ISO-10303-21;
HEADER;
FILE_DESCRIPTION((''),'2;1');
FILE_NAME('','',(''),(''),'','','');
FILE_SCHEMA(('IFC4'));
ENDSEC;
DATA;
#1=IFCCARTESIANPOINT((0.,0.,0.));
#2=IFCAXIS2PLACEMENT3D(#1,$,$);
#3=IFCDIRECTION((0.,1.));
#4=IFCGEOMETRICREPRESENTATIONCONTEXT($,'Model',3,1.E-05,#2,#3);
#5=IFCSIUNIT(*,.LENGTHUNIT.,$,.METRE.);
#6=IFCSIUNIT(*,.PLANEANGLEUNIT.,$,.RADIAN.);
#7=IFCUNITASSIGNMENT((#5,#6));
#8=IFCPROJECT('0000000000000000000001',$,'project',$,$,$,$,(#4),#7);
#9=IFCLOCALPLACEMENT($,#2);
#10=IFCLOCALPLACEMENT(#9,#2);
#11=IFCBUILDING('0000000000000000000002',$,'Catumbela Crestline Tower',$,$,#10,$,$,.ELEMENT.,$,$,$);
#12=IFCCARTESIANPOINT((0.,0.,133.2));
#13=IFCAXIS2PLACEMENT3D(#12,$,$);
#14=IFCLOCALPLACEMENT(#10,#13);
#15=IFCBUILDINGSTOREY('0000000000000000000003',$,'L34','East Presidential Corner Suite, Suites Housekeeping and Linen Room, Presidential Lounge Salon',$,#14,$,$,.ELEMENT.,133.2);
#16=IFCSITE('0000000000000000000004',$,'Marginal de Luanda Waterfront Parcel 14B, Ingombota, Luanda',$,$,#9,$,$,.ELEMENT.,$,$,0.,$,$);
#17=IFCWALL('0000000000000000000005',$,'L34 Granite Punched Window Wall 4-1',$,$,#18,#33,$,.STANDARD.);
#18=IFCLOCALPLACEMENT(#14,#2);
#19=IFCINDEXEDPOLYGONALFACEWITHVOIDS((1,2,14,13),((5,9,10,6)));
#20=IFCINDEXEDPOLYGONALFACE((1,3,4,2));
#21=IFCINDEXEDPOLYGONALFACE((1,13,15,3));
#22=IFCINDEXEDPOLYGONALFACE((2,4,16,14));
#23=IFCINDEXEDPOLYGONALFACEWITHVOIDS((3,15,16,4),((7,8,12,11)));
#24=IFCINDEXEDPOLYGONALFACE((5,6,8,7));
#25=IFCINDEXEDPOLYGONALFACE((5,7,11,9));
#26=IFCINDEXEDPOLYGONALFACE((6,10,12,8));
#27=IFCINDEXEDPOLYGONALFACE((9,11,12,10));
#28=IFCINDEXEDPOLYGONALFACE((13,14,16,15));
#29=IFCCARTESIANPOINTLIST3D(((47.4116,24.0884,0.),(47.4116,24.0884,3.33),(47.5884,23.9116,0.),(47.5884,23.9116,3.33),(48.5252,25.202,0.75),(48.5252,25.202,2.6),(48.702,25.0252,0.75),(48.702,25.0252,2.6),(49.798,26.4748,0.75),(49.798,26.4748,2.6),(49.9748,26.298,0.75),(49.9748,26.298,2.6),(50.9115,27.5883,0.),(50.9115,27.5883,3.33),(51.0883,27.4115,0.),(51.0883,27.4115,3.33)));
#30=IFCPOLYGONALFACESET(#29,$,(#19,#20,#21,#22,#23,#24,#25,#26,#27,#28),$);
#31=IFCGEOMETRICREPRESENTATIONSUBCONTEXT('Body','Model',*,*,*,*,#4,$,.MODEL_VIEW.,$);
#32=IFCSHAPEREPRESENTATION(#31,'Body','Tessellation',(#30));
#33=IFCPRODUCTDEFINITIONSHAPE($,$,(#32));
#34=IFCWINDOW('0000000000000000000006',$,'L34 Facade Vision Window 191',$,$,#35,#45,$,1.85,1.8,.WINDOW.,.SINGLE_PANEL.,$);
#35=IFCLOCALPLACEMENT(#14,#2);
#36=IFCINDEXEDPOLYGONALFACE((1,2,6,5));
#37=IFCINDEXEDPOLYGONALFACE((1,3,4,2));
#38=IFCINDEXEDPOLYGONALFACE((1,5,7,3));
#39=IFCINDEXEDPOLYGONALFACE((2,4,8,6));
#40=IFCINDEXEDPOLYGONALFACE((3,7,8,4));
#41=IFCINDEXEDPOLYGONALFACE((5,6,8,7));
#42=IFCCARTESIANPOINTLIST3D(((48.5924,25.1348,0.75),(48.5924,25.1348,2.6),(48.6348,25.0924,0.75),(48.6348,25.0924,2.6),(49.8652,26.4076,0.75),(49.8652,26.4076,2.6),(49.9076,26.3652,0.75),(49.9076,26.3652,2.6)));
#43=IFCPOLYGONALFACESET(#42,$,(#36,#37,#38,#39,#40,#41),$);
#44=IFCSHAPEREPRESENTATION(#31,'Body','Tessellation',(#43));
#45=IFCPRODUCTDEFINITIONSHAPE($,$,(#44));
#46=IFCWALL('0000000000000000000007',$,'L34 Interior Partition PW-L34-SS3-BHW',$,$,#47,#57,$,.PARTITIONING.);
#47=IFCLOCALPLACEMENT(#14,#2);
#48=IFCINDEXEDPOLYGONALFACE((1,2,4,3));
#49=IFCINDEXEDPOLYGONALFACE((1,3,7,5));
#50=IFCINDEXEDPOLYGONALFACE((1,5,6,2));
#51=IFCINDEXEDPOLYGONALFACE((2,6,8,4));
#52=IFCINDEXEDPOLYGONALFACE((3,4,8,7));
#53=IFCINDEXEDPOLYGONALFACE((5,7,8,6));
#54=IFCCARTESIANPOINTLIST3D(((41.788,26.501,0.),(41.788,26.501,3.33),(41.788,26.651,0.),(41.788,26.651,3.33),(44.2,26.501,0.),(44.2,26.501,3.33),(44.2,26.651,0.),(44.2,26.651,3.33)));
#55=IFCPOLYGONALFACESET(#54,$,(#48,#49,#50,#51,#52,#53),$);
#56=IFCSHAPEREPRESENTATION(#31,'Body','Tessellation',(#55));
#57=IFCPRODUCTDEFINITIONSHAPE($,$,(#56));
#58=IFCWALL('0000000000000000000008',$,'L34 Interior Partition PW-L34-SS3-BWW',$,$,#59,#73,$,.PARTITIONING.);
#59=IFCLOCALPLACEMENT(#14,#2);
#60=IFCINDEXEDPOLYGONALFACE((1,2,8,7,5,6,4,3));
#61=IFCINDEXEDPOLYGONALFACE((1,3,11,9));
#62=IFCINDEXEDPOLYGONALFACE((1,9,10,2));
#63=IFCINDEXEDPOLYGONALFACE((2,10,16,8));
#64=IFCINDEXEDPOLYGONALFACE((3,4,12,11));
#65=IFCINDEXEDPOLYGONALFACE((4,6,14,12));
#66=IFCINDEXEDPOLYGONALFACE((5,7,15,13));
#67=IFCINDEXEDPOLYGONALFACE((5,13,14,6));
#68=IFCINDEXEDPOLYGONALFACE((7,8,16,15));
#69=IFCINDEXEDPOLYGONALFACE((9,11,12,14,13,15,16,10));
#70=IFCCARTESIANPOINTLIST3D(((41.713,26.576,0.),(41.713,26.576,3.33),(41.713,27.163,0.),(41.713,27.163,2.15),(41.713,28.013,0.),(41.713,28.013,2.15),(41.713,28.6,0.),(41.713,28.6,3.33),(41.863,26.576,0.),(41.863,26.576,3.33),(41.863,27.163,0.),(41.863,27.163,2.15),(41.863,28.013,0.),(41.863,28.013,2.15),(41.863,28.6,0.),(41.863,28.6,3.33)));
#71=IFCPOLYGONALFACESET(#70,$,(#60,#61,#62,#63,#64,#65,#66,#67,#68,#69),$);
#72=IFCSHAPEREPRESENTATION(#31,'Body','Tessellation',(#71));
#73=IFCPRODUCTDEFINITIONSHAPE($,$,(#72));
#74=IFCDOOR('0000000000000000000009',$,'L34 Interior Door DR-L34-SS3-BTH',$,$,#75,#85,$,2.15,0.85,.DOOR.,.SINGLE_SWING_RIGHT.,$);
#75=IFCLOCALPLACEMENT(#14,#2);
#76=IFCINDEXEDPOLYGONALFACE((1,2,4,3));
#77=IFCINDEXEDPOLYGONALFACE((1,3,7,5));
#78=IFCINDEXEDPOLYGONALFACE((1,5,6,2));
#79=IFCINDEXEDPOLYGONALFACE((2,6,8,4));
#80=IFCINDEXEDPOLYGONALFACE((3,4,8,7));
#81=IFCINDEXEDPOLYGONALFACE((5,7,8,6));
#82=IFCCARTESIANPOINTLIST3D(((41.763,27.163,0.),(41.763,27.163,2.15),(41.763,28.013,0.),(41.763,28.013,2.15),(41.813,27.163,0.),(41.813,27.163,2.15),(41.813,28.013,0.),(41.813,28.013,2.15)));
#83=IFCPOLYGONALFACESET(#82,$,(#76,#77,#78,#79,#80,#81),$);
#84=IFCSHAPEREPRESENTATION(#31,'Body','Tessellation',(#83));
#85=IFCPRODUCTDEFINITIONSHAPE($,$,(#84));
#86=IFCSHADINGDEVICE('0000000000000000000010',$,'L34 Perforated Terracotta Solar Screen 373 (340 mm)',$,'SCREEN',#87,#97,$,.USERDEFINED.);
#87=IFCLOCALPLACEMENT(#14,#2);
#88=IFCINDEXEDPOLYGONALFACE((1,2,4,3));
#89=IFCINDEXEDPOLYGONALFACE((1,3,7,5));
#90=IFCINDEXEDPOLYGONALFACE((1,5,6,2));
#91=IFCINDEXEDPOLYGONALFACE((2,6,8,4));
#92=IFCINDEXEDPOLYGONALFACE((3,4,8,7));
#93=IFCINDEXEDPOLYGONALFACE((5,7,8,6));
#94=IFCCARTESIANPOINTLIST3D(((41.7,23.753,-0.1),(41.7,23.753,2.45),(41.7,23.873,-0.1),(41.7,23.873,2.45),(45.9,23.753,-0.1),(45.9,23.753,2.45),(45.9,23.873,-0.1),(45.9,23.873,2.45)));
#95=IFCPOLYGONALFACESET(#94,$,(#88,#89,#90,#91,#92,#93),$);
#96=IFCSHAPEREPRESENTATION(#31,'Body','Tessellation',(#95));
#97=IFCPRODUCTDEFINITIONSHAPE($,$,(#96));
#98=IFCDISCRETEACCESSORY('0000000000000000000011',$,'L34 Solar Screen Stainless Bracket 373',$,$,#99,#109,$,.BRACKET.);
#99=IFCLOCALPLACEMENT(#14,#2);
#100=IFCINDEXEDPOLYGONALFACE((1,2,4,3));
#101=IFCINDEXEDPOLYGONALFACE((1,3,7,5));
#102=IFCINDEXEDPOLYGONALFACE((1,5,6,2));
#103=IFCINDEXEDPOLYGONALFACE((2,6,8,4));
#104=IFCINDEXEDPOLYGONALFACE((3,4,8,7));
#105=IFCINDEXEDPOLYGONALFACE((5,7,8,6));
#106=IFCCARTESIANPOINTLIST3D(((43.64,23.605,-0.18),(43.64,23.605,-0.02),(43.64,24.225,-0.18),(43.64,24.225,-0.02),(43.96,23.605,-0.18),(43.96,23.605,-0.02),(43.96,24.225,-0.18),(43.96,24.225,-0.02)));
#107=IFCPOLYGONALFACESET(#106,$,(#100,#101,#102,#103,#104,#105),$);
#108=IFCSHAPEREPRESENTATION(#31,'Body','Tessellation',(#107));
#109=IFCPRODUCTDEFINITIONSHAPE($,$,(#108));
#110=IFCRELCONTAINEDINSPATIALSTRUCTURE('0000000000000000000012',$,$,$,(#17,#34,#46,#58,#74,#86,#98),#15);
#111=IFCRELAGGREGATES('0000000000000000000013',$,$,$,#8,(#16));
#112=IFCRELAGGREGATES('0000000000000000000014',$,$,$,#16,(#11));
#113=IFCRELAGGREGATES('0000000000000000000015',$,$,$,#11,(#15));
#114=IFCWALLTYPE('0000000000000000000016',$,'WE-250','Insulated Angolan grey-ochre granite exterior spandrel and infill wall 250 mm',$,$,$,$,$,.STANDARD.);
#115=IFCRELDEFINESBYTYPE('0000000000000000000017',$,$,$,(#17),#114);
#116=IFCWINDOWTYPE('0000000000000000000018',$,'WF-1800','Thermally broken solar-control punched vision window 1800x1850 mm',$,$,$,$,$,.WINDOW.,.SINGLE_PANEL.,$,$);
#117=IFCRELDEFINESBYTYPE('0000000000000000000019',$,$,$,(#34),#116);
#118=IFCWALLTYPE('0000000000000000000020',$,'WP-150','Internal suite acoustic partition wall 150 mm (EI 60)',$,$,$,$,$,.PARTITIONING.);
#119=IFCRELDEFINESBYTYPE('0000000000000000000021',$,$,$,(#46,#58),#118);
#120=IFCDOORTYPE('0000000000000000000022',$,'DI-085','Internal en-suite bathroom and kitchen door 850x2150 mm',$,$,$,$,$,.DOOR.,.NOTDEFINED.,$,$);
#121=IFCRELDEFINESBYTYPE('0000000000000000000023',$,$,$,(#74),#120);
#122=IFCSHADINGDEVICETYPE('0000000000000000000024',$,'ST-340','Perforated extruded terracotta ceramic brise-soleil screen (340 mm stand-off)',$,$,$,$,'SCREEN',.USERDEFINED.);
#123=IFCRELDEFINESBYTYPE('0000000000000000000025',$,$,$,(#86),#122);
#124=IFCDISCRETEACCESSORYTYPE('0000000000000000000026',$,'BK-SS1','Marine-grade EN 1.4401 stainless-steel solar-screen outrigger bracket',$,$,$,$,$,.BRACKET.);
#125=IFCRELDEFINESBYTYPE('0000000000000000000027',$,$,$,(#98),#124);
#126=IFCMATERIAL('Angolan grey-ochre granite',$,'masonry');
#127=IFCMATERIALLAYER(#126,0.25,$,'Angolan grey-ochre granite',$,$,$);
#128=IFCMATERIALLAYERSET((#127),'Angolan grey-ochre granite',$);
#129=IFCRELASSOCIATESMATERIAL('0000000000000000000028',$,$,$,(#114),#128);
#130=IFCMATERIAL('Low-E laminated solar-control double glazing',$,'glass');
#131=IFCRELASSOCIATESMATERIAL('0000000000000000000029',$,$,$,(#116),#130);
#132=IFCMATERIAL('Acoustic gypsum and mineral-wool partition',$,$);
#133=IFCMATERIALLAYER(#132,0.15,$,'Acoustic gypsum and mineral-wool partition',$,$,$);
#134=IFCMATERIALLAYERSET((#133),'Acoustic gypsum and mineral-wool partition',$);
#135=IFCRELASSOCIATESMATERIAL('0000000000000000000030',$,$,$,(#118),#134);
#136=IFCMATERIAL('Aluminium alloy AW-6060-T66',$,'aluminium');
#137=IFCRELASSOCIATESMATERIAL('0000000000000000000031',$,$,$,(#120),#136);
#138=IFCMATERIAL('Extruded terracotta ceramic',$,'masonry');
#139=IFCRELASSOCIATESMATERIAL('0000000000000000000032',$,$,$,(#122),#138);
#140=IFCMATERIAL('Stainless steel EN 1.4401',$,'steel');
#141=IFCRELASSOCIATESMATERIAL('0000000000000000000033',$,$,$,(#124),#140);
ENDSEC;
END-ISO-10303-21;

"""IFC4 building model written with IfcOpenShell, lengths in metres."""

from ifc_helpers import new_model, si_unit, direction, frame, frame_2d, origin, origin_2d, place, context, subcontext, project, spatial, rectangle, extrude, material, layer, layer_set, type_object, element, fill, save


model = new_model("IFC4")

# Units and contexts
model_context = context("Model", 3, precision=1e-05, world=origin(), true_north=direction((0.0, 1.0)))
body_context = subcontext(model_context, "Body", "Model", "MODEL_VIEW")
ifc_project = project(units=[si_unit("LENGTHUNIT", "METRE"), si_unit("PLANEANGLEUNIT", "RADIAN")], contexts=[model_context])

# Site, building, storey
site_placement = place(None, origin())
site = spatial("IfcSite", under=ifc_project, at=site_placement, Name="Marginal de Luanda Waterfront Parcel 14B, Ingombota, Luanda", CompositionType="ELEMENT", RefElevation=0.0)
building_placement = place(site_placement, origin())
building = spatial("IfcBuilding", under=site, at=building_placement, Name="Catumbela Crestline Tower", CompositionType="ELEMENT")
storey_placement = place(building_placement, frame((0.0, 0.0, 133.2)))
storey = spatial("IfcBuildingStorey", under=building, at=storey_placement, Name="L34", Description="East Presidential Corner Suite, Suites Housekeeping and Linen Room, Presidential Lounge Salon", CompositionType="ELEMENT", Elevation=133.2)

# Shared definitions
ifc_material_1 = material(Name="Aluminium alloy AW-6060-T66", Category="aluminium")

# Shared definitions
ifc_material_2 = material(Name="Low-E laminated solar-control double glazing", Category="glass")

# Wall, opening, window
ifc_material_3 = material(Name="Angolan grey-ochre granite", Category="masonry")
ifc_layer_1 = layer(ifc_material_3, 0.25, Name="Angolan grey-ochre granite")
ifc_layer_set_1 = layer_set([ifc_layer_1], Name="Angolan grey-ochre granite")
wall_type_1 = type_object("IfcWallType", Name="WE-250", Description="Insulated Angolan grey-ochre granite exterior spandrel and infill wall 250 mm", PredefinedType="STANDARD", material=ifc_layer_set_1)
wall_1_placement = place(storey_placement, frame((47.5, 24.0, 0.0), z_axis=(0.0, 0.0, 1.0), x_axis=(0.707107, 0.707107, 0.0)))
wall_1 = element("IfcWall", 1, at=wall_1_placement, inside=storey, type_object=wall_type_1, Name="L34 Granite Punched Window Wall 4-1", PredefinedType="STANDARD", context=body_context, shape_type="SweptSolid", body=[
    extrude(rectangle(XDim=4.9497, YDim=0.25, at=frame_2d((2.4748, 0.0))), origin(), (0.0, 0.0, 1.0), 3.33),
])
opening_1_placement = place(wall_1_placement, frame((1.5749, 0.0, 0.75)))
opening_1 = element("IfcOpeningElement", 2, at=opening_1_placement, cuts=wall_1, PredefinedType="OPENING", context=body_context, shape_type="SweptSolid", body=[
    extrude(rectangle(XDim=1.8, YDim=1.85, at=frame_2d((0.9, 0.925))), frame((0.0, 0.135, 0.0), z_axis=(0.0, -1.0, 0.0), x_axis=(1.0, 0.0, 0.0)), (0.0, 0.0, 1.0), 0.27),
])
window_type = type_object("IfcWindowType", Name="WF-1800", Description="Thermally broken solar-control punched vision window 1800x1850 mm", PartitioningType="SINGLE_PANEL", PredefinedType="WINDOW", material=ifc_material_2)
window_placement = place(opening_1_placement, origin())
window = element("IfcWindow", 3, at=window_placement, inside=storey, type_object=window_type, Name="L34 Facade Vision Window 191", OverallHeight=1.85, OverallWidth=1.8, PartitioningType="SINGLE_PANEL", PredefinedType="WINDOW", context=body_context, shape_type="SweptSolid", body=[
    extrude(rectangle(XDim=1.8, YDim=1.85, at=frame_2d((0.9, 0.925))), frame((0.0, 0.03, 0.0), z_axis=(0.0, -1.0, 0.0), x_axis=(1.0, 0.0, 0.0)), (0.0, 0.0, 1.0), 0.06),
])
fill(opening_1, window)

# Wall
ifc_material_4 = material(Name="Acoustic gypsum and mineral-wool partition")
ifc_layer_2 = layer(ifc_material_4, 0.15, Name="Acoustic gypsum and mineral-wool partition")
ifc_layer_set_2 = layer_set([ifc_layer_2], Name="Acoustic gypsum and mineral-wool partition")
wall_type_2 = type_object("IfcWallType", Name="WP-150", Description="Internal suite acoustic partition wall 150 mm (EI 60)", PredefinedType="PARTITIONING", material=ifc_layer_set_2)
wall_2_placement = place(storey_placement, frame((41.788, 26.576, 0.0), z_axis=(0.0, 0.0, 1.0), x_axis=(1.0, 0.0, 0.0)))
element("IfcWall", 4, at=wall_2_placement, inside=storey, type_object=wall_type_2, Name="L34 Interior Partition PW-L34-SS3-BHW", PredefinedType="PARTITIONING", context=body_context, shape_type="SweptSolid", body=[
    extrude(rectangle(XDim=2.412, YDim=0.15, at=frame_2d((1.206, 0.0))), origin(), (0.0, 0.0, 1.0), 3.33),
])

# Wall, opening, door
wall_3_placement = place(storey_placement, frame((41.788, 26.576, 0.0), z_axis=(0.0, 0.0, 1.0), x_axis=(0.0, 1.0, 0.0)))
wall_3 = element("IfcWall", 5, at=wall_3_placement, inside=storey, type_object=wall_type_2, Name="L34 Interior Partition PW-L34-SS3-BWW", PredefinedType="PARTITIONING", context=body_context, shape_type="SweptSolid", body=[
    extrude(rectangle(XDim=2.024, YDim=0.15, at=frame_2d((1.012, 0.0))), origin(), (0.0, 0.0, 1.0), 3.33),
])
opening_2_placement = place(wall_3_placement, frame((0.587, 0.0, 0.0)))
opening_2 = element("IfcOpeningElement", 6, at=opening_2_placement, cuts=wall_3, PredefinedType="OPENING", context=body_context, shape_type="SweptSolid", body=[
    extrude(rectangle(XDim=0.85, YDim=2.15, at=frame_2d((0.425, 1.075))), frame((0.0, 0.085, 0.0), z_axis=(0.0, -1.0, 0.0), x_axis=(1.0, 0.0, 0.0)), (0.0, 0.0, 1.0), 0.17),
])
door_type = type_object("IfcDoorType", Name="DI-085", Description="Internal en-suite bathroom and kitchen door 850x2150 mm", OperationType="NOTDEFINED", PredefinedType="DOOR", material=ifc_material_1)
door_placement = place(opening_2_placement, origin())
door = element("IfcDoor", 7, at=door_placement, inside=storey, type_object=door_type, Name="L34 Interior Door DR-L34-SS3-BTH", OperationType="SINGLE_SWING_RIGHT", OverallHeight=2.15, OverallWidth=0.85, PredefinedType="DOOR", context=body_context, shape_type="SweptSolid", body=[
    extrude(rectangle(XDim=0.85, YDim=2.15, at=frame_2d((0.425, 1.075))), frame((0.0, 0.025, 0.0), z_axis=(0.0, -1.0, 0.0), x_axis=(1.0, 0.0, 0.0)), (0.0, 0.0, 1.0), 0.05),
])
fill(opening_2, door)

# Shading device
ifc_material_5 = material(Name="Extruded terracotta ceramic", Category="masonry")
shading_device_type = type_object("IfcShadingDeviceType", Name="ST-340", Description="Perforated extruded terracotta ceramic brise-soleil screen (340 mm stand-off)", ElementType="SCREEN", PredefinedType="USERDEFINED", material=ifc_material_5)
shading_device_placement = place(storey_placement, frame((43.8, 23.813, -0.1), z_axis=(0.0, 0.0, 1.0), x_axis=(1.0, 0.0, 0.0)))
element("IfcShadingDevice", 8, at=shading_device_placement, inside=storey, type_object=shading_device_type, Name="L34 Perforated Terracotta Solar Screen 373 (340 mm)", ObjectType="SCREEN", PredefinedType="USERDEFINED", context=body_context, shape_type="SweptSolid", body=[
    extrude(rectangle(XDim=4.2, YDim=0.12, at=origin_2d()), origin(), (0.0, 0.0, 1.0), 2.55),
])

# Discrete accessory
ifc_material_6 = material(Name="Stainless steel EN 1.4401", Category="steel")
discrete_accessory_type = type_object("IfcDiscreteAccessoryType", Name="BK-SS1", Description="Marine-grade EN 1.4401 stainless-steel solar-screen outrigger bracket", PredefinedType="BRACKET", material=ifc_material_6)
discrete_accessory_placement = place(storey_placement, frame((43.8, 23.915, -0.18), z_axis=(0.0, 0.0, 1.0), x_axis=(1.0, 0.0, 0.0)))
element("IfcDiscreteAccessory", 9, at=discrete_accessory_placement, inside=storey, type_object=discrete_accessory_type, Name="L34 Solar Screen Stainless Bracket 373", PredefinedType="BRACKET", context=body_context, shape_type="SweptSolid", body=[
    extrude(rectangle(XDim=0.32, YDim=0.62, at=origin_2d()), origin(), (0.0, 0.0, 1.0), 0.16),
])

save(model, "model.ifc")
